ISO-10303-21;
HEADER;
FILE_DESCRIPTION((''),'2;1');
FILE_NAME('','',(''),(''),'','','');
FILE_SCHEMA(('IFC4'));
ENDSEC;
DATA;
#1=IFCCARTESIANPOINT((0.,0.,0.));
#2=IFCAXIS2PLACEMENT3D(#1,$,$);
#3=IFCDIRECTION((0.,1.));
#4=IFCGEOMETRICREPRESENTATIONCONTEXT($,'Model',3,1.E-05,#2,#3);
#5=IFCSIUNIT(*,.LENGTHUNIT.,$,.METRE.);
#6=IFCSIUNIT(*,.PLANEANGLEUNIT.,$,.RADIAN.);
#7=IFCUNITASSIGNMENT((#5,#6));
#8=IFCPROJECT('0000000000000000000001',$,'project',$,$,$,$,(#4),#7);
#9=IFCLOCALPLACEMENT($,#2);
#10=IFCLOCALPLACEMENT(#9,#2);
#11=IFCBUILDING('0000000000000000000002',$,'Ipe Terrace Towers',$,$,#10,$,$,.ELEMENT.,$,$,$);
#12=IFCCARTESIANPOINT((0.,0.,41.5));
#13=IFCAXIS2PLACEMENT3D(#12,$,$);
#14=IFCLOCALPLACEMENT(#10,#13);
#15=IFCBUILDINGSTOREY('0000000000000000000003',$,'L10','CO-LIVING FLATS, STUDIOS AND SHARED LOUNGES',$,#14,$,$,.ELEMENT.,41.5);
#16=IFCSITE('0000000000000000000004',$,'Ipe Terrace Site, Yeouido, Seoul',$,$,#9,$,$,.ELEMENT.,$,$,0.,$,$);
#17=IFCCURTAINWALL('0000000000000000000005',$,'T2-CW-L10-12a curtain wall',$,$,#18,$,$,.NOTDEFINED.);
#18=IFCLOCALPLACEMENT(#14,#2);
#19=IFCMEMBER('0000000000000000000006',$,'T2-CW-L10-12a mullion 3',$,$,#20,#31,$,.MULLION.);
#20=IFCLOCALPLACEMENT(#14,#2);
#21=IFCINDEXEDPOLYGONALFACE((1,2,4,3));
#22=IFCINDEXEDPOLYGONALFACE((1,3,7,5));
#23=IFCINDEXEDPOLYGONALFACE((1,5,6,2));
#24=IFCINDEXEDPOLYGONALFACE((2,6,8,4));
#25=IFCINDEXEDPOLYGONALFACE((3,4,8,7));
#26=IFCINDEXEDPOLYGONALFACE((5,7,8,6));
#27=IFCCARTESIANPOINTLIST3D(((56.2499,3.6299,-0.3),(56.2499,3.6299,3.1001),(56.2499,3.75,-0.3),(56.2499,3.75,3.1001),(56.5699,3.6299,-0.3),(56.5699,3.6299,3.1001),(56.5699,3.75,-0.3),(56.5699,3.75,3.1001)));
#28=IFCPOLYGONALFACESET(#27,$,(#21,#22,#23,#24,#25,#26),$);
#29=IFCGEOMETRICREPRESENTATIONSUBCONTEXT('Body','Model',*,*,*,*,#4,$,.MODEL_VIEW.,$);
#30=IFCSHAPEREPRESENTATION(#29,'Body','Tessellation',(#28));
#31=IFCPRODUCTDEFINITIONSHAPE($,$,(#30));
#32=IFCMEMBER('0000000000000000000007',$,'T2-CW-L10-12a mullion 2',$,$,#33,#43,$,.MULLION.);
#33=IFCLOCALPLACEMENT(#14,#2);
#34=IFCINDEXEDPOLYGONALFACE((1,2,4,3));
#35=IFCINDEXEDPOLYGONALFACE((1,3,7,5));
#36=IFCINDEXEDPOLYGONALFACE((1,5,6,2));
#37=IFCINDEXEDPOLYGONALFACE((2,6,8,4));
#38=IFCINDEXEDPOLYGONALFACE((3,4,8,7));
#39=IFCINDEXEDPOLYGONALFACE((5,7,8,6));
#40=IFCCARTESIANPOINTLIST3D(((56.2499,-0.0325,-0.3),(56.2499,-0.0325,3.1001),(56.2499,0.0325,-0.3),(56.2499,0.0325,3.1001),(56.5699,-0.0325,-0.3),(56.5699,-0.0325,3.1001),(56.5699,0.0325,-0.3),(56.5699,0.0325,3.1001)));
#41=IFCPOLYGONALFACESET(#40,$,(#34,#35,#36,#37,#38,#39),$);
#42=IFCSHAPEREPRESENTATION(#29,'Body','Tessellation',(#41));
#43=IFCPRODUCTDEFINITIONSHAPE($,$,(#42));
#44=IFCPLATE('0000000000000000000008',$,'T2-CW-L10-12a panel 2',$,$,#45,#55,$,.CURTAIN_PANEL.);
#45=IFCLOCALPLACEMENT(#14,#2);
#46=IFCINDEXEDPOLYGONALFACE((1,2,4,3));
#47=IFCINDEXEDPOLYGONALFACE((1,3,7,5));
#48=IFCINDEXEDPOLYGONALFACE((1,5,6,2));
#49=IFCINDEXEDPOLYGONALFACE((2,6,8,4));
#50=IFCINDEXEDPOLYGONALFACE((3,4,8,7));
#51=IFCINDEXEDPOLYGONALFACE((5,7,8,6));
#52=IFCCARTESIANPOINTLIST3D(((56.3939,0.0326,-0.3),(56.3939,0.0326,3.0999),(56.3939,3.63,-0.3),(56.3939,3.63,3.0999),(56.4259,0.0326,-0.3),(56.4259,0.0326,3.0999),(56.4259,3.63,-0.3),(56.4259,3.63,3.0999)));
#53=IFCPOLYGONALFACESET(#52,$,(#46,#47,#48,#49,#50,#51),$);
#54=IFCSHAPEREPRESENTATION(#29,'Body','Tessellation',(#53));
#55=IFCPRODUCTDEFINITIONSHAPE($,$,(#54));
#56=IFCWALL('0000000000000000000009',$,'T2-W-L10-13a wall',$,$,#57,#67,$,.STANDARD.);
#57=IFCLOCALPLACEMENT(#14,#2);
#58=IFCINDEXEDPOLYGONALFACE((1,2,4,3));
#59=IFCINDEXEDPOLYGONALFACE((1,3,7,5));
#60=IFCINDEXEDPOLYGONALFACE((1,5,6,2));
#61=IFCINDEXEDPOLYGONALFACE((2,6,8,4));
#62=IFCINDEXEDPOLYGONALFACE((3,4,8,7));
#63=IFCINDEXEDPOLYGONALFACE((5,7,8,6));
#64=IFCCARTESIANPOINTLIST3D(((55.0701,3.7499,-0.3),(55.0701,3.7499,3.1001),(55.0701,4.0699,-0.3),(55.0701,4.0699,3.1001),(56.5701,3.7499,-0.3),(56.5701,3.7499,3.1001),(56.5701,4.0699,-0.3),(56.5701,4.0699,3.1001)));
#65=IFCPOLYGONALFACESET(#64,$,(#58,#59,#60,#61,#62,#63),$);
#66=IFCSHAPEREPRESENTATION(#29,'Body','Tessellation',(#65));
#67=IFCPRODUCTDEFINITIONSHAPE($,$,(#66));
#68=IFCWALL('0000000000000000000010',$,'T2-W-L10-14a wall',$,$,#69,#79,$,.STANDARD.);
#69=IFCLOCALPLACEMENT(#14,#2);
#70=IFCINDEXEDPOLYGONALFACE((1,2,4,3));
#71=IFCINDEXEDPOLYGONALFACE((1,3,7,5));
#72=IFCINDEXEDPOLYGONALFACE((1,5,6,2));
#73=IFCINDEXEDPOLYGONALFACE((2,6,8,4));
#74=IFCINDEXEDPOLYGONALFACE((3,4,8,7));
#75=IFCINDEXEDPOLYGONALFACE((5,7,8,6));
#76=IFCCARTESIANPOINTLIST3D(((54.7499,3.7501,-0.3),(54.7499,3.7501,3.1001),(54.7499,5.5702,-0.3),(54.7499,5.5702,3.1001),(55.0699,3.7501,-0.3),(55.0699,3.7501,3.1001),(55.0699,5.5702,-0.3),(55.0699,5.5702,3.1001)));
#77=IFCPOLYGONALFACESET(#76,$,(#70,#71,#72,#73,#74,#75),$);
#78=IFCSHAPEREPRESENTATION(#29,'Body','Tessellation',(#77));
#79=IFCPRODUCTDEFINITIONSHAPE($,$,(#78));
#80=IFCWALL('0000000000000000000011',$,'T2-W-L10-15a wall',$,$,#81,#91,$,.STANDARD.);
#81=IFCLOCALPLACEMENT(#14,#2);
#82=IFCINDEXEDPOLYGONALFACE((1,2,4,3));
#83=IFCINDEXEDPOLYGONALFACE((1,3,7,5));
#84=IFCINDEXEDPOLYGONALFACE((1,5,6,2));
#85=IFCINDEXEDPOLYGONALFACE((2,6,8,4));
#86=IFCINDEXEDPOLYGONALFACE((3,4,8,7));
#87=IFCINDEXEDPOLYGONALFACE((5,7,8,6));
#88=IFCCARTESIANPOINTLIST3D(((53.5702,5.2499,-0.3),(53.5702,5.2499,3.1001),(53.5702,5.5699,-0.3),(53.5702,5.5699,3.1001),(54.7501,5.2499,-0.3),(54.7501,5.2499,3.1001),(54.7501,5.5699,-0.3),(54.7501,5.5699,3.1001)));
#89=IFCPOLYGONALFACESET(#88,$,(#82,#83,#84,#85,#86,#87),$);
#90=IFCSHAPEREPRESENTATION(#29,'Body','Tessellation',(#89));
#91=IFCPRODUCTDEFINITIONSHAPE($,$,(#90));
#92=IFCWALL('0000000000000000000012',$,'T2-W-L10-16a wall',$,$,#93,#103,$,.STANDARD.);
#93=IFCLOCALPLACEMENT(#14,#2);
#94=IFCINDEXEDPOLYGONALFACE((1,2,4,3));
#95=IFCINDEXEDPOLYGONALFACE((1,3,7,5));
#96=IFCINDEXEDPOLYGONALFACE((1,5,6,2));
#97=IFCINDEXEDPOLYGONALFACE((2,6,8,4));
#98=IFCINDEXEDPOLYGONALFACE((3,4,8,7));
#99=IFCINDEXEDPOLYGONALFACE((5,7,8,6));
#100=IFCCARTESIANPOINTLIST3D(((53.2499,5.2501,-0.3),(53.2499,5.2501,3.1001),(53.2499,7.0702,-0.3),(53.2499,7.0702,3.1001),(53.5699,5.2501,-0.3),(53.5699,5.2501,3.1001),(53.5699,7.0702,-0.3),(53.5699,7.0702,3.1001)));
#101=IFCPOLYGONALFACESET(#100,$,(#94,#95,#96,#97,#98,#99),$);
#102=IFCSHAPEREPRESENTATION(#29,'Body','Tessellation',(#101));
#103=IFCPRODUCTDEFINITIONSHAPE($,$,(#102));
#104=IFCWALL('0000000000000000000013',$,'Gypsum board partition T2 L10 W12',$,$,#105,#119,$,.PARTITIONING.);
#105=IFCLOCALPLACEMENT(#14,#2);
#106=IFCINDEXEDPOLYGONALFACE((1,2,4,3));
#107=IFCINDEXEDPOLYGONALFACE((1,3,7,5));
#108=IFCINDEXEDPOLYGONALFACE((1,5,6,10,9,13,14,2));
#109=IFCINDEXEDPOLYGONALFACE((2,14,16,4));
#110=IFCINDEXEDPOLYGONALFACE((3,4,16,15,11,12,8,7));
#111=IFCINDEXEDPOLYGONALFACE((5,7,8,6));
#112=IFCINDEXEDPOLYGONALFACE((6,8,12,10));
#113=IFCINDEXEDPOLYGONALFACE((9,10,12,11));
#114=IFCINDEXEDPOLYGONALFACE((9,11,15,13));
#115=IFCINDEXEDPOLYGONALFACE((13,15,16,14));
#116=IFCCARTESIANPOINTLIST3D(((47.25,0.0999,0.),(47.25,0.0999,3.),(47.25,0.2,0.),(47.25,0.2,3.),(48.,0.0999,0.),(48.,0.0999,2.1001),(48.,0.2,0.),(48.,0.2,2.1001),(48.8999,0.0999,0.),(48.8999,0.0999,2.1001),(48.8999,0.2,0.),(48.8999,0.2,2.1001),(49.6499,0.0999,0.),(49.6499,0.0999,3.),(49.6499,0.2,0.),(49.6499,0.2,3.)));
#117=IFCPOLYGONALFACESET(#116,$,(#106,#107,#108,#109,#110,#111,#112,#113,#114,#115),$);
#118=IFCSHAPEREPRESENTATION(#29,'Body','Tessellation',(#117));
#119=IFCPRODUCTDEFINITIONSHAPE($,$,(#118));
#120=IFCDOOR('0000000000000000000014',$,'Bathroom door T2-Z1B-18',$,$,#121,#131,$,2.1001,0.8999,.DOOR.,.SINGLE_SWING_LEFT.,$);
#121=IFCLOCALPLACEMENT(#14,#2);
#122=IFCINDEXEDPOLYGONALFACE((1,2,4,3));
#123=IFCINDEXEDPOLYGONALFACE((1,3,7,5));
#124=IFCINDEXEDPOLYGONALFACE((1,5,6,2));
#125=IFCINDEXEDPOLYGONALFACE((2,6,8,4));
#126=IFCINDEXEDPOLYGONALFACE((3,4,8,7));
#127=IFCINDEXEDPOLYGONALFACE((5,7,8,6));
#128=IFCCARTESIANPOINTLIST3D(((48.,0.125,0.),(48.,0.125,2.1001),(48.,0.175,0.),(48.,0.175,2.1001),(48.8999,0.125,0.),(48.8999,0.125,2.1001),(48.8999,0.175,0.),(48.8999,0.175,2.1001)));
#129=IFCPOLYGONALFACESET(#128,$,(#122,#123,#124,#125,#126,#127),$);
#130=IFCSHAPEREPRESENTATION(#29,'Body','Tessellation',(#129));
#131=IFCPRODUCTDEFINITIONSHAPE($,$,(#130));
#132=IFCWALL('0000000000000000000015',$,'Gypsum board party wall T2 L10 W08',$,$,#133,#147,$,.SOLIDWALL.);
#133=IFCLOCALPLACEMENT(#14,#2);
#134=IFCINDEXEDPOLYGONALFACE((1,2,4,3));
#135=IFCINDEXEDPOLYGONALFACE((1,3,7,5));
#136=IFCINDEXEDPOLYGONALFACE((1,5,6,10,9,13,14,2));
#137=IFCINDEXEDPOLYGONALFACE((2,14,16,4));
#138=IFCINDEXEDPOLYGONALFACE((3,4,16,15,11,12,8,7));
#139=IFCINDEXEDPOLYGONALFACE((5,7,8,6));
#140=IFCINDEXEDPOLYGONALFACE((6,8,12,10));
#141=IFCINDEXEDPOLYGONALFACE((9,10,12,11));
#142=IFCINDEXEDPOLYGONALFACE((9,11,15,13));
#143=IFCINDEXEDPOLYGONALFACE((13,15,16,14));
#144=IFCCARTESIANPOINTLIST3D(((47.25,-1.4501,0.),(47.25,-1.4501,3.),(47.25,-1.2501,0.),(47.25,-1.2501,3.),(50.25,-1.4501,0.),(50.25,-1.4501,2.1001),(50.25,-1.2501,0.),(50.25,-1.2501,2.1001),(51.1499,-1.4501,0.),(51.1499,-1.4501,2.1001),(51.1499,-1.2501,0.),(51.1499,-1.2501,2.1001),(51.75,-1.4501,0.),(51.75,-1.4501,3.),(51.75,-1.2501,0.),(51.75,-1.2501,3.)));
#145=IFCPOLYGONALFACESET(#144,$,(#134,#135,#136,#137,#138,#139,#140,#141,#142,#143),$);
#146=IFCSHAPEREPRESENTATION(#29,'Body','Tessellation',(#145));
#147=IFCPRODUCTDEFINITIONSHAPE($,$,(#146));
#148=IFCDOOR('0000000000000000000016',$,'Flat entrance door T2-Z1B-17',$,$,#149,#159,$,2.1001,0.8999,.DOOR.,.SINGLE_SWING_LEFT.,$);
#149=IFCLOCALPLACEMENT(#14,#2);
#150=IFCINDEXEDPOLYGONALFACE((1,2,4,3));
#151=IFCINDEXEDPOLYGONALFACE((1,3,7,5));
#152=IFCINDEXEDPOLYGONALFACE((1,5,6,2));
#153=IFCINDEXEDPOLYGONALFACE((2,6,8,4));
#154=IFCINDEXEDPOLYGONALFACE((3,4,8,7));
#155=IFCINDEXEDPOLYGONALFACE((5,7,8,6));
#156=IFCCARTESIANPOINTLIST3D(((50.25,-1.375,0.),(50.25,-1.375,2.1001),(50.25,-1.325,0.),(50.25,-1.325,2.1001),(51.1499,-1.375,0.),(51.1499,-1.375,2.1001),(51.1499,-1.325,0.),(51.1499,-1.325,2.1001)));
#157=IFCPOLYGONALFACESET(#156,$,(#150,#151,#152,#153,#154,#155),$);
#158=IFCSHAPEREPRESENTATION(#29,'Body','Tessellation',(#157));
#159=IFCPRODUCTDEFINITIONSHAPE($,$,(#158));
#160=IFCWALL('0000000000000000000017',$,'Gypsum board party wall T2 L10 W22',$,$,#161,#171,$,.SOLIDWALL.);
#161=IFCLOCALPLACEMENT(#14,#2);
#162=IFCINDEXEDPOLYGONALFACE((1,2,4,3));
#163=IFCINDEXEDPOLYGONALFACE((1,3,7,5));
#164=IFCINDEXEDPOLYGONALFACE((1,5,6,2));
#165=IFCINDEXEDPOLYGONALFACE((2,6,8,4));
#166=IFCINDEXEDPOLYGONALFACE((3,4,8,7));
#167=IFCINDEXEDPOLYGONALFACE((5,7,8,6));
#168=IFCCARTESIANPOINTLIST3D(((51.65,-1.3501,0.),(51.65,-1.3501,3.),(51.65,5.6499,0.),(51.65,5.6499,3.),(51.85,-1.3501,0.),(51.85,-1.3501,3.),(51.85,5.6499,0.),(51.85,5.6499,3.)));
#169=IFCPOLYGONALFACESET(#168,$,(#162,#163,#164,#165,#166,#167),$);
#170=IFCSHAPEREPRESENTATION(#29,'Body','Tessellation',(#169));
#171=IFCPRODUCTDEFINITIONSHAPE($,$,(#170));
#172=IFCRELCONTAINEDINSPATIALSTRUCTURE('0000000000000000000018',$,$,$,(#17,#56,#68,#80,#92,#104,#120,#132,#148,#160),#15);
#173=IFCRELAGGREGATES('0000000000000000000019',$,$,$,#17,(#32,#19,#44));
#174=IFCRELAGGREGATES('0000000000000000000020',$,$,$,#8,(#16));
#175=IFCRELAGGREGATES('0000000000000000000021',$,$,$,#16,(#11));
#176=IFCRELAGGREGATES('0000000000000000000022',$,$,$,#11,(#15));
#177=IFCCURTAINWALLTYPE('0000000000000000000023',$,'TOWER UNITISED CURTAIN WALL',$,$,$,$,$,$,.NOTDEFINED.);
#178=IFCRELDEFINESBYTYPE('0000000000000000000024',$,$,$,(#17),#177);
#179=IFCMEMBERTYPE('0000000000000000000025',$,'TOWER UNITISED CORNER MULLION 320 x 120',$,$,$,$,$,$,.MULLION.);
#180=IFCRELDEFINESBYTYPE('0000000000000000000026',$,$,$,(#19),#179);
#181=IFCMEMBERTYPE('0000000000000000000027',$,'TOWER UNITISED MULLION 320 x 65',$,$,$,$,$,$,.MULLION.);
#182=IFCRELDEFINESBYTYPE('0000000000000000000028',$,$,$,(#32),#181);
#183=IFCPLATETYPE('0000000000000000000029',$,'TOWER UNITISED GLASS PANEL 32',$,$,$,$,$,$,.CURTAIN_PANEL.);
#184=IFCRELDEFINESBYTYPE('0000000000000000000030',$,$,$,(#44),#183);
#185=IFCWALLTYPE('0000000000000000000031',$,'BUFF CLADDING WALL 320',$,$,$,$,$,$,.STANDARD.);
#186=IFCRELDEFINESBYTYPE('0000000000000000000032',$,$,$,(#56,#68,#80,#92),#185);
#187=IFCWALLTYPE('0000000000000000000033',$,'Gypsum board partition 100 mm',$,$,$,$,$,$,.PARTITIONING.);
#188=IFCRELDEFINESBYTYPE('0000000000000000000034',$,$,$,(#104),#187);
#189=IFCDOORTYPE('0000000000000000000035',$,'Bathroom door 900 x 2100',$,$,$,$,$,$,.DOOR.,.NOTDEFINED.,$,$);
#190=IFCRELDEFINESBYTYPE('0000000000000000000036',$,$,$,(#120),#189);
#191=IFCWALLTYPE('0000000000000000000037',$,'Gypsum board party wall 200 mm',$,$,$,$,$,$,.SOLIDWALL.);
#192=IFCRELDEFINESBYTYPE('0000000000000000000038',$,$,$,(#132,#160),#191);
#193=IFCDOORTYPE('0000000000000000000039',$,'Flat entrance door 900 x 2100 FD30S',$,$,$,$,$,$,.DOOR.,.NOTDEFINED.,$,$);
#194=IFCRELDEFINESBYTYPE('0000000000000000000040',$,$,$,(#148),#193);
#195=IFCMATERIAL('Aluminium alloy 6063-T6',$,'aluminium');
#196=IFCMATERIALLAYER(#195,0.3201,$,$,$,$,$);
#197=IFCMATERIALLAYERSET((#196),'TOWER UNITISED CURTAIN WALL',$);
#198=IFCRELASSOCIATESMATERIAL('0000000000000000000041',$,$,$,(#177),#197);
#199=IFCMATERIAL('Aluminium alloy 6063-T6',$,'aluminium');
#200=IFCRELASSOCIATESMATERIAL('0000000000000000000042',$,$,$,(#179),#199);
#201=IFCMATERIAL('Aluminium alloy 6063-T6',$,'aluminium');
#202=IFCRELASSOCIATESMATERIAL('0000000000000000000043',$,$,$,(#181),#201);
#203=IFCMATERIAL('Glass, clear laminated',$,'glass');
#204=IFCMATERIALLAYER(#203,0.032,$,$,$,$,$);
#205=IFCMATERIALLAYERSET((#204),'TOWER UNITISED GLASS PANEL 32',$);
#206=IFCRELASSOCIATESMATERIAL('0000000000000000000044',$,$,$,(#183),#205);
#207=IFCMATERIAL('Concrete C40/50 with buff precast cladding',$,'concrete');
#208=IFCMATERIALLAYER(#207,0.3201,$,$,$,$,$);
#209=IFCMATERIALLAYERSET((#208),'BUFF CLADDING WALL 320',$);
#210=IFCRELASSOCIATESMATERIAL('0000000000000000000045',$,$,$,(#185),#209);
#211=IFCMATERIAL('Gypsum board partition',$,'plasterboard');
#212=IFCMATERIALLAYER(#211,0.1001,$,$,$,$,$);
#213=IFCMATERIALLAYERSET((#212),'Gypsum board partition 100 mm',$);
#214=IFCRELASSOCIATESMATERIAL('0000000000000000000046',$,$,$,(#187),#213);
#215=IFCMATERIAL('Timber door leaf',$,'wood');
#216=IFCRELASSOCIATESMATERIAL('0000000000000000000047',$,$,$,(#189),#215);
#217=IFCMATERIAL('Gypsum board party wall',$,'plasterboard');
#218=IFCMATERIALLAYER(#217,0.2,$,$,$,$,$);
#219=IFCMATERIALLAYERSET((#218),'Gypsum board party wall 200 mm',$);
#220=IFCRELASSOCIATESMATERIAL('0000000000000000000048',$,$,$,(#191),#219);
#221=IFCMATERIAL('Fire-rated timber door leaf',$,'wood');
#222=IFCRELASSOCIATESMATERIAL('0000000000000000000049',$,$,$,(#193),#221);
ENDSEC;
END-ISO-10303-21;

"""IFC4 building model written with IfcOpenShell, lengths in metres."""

from ifc_helpers import new_model, si_unit, direction, frame, frame_2d, origin, origin_2d, place, context, subcontext, project, spatial, rectangle, extrude, material, layer, layer_set, material_profile, profile_set, type_object, element, fill, aggregate, save


model = new_model("IFC4")

# Units and contexts
model_context = context("Model", 3, precision=1e-05, world=origin(), true_north=direction((0.0, 1.0)))
body_context = subcontext(model_context, "Body", "Model", "MODEL_VIEW")
ifc_project = project(units=[si_unit("LENGTHUNIT", "METRE"), si_unit("PLANEANGLEUNIT", "RADIAN")], contexts=[model_context])

# Site, building, storey
site_placement = place(None, origin())
site = spatial("IfcSite", under=ifc_project, at=site_placement, Name="Ipe Terrace Site, Yeouido, Seoul", CompositionType="ELEMENT", RefElevation=0.0)
building_placement = place(site_placement, origin())
building = spatial("IfcBuilding", under=site, at=building_placement, Name="Ipe Terrace Towers", CompositionType="ELEMENT")
storey_placement = place(building_placement, frame((0.0, 0.0, 41.5)))
storey = spatial("IfcBuildingStorey", under=building, at=storey_placement, Name="L10", Description="CO-LIVING FLATS, STUDIOS AND SHARED LOUNGES", CompositionType="ELEMENT", Elevation=41.5)

# Curtain wall, members, plate
ifc_material_1 = material(Name="Aluminium alloy 6063-T6", Category="aluminium")
ifc_layer_1 = layer(ifc_material_1, 0.3201)
ifc_layer_set_1 = layer_set([ifc_layer_1], Name="TOWER UNITISED CURTAIN WALL")
curtain_wall_type = type_object("IfcCurtainWallType", Name="TOWER UNITISED CURTAIN WALL", PredefinedType="NOTDEFINED", material=ifc_layer_set_1)
curtain_wall_placement = place(storey_placement, origin())
curtain_wall = element("IfcCurtainWall", 1, at=curtain_wall_placement, inside=storey, type_object=curtain_wall_type, Name="T2-CW-L10-12a curtain wall", PredefinedType="NOTDEFINED")
ifc_material_2 = material(Name="Aluminium alloy 6063-T6", Category="aluminium")
ifc_material_profile_1 = material_profile(ifc_material_2, rectangle(XDim=0.3201, YDim=0.1201, at=origin_2d()), Name="TOWER UNITISED CORNER MULLION 320 x 120")
ifc_profile_set_1 = profile_set([ifc_material_profile_1], Name="Aluminium alloy 6063-T6")
member_type_1 = type_object("IfcMemberType", Name="TOWER UNITISED CORNER MULLION 320 x 120", PredefinedType="MULLION", material=ifc_profile_set_1)
member_1_placement = place(storey_placement, frame((56.4099, 3.6899, -0.3), z_axis=(0.0, 0.0, 1.0), x_axis=(1.0, 0.0, 0.0)))
member_1 = element("IfcMember", 2, at=member_1_placement, type_object=member_type_1, Name="T2-CW-L10-12a mullion 3", PredefinedType="MULLION", context=body_context, shape_type="SweptSolid", body=[
    extrude(rectangle(XDim=0.3201, YDim=0.1201, at=origin_2d()), origin(), (0.0, 0.0, 1.0), 3.4001),
])
ifc_material_3 = material(Name="Aluminium alloy 6063-T6", Category="aluminium")
ifc_material_profile_2 = material_profile(ifc_material_3, rectangle(XDim=0.3201, YDim=0.0649, at=origin_2d()), Name="TOWER UNITISED MULLION 320 x 65")
ifc_profile_set_2 = profile_set([ifc_material_profile_2], Name="Aluminium alloy 6063-T6")
member_type_2 = type_object("IfcMemberType", Name="TOWER UNITISED MULLION 320 x 65", PredefinedType="MULLION", material=ifc_profile_set_2)
member_2_placement = place(storey_placement, frame((56.4099, 0.0, -0.3), z_axis=(0.0, 0.0, 1.0), x_axis=(1.0, 0.0, 0.0)))
member_2 = element("IfcMember", 3, at=member_2_placement, type_object=member_type_2, Name="T2-CW-L10-12a mullion 2", PredefinedType="MULLION", context=body_context, shape_type="SweptSolid", body=[
    extrude(rectangle(XDim=0.3201, YDim=0.0649, at=origin_2d()), origin(), (0.0, 0.0, 1.0), 3.4001),
])
ifc_material_4 = material(Name="Glass, clear laminated", Category="glass")
ifc_layer_2 = layer(ifc_material_4, 0.032)
ifc_layer_set_2 = layer_set([ifc_layer_2], Name="TOWER UNITISED GLASS PANEL 32")
plate_type = type_object("IfcPlateType", Name="TOWER UNITISED GLASS PANEL 32", PredefinedType="CURTAIN_PANEL", material=ifc_layer_set_2)
plate_placement = place(storey_placement, frame((56.4099, 1.8313, -0.3), z_axis=(0.0, 0.0, 1.0), x_axis=(0.0, 1.0, 0.0)))
plate = element("IfcPlate", 4, at=plate_placement, type_object=plate_type, Name="T2-CW-L10-12a panel 2", PredefinedType="CURTAIN_PANEL", context=body_context, shape_type="SweptSolid", body=[
    extrude(rectangle(XDim=3.5974, YDim=0.032, at=origin_2d()), origin(), (0.0, 0.0, 1.0), 3.3999),
])
aggregate(curtain_wall, [member_2, member_1, plate])

# Walls
ifc_material_5 = material(Name="Concrete C40/50 with buff precast cladding", Category="concrete")
ifc_layer_3 = layer(ifc_material_5, 0.3201)
ifc_layer_set_3 = layer_set([ifc_layer_3], Name="BUFF CLADDING WALL 320")
wall_type_1 = type_object("IfcWallType", Name="BUFF CLADDING WALL 320", PredefinedType="STANDARD", material=ifc_layer_set_3)
wall_1_placement = place(storey_placement, frame((56.5701, 3.9099, -0.3), z_axis=(0.0, 0.0, 1.0), x_axis=(-1.0, 0.0, 0.0)))
element("IfcWall", 5, at=wall_1_placement, inside=storey, type_object=wall_type_1, Name="T2-W-L10-13a wall", PredefinedType="STANDARD", context=body_context, shape_type="SweptSolid", body=[
    extrude(rectangle(XDim=1.5, YDim=0.3201, at=frame_2d((0.75, 0.0))), origin(), (0.0, 0.0, 1.0), 3.4001),
])
wall_2_placement = place(storey_placement, frame((54.9099, 3.75, -0.3), z_axis=(0.0, 0.0, 1.0), x_axis=(0.0, 1.0, 0.0)))
element("IfcWall", 6, at=wall_2_placement, inside=storey, type_object=wall_type_1, Name="T2-W-L10-14a wall", PredefinedType="STANDARD", context=body_context, shape_type="SweptSolid", body=[
    extrude(rectangle(XDim=1.8201, YDim=0.3201, at=frame_2d((0.9102, 0.0))), origin(), (0.0, 0.0, 1.0), 3.4001),
])
wall_3_placement = place(storey_placement, frame((54.75, 5.4099, -0.3), z_axis=(0.0, 0.0, 1.0), x_axis=(-1.0, 0.0, 0.0)))
element("IfcWall", 7, at=wall_3_placement, inside=storey, type_object=wall_type_1, Name="T2-W-L10-15a wall", PredefinedType="STANDARD", context=body_context, shape_type="SweptSolid", body=[
    extrude(rectangle(XDim=1.1799, YDim=0.3201, at=frame_2d((0.5898, 0.0))), origin(), (0.0, 0.0, 1.0), 3.4001),
])
wall_4_placement = place(storey_placement, frame((53.4099, 5.25, -0.3), z_axis=(0.0, 0.0, 1.0), x_axis=(0.0, 1.0, 0.0)))
element("IfcWall", 8, at=wall_4_placement, inside=storey, type_object=wall_type_1, Name="T2-W-L10-16a wall", PredefinedType="STANDARD", context=body_context, shape_type="SweptSolid", body=[
    extrude(rectangle(XDim=1.8201, YDim=0.3201, at=frame_2d((0.9102, 0.0))), origin(), (0.0, 0.0, 1.0), 3.4001),
])

# Walls, openings, doors
ifc_material_6 = material(Name="Gypsum board partition", Category="plasterboard")
ifc_layer_4 = layer(ifc_material_6, 0.1001)
ifc_layer_set_4 = layer_set([ifc_layer_4], Name="Gypsum board partition 100 mm")
wall_type_2 = type_object("IfcWallType", Name="Gypsum board partition 100 mm", PredefinedType="PARTITIONING", material=ifc_layer_set_4)
wall_5_placement = place(storey_placement, frame((49.6499, 0.1499, 0.0), z_axis=(0.0, 0.0, 1.0), x_axis=(-1.0, 0.0, 0.0)))
wall_5 = element("IfcWall", 9, at=wall_5_placement, inside=storey, type_object=wall_type_2, Name="Gypsum board partition T2 L10 W12", PredefinedType="PARTITIONING", context=body_context, shape_type="SweptSolid", body=[
    extrude(rectangle(XDim=2.3999, YDim=0.1001, at=frame_2d((1.2, 0.0))), origin(), (0.0, 0.0, 1.0), 3.0),
])
opening_1_placement = place(wall_5_placement, frame((0.75, 0.0, 0.0)))
opening_1 = element("IfcOpeningElement", 10, at=opening_1_placement, cuts=wall_5, PredefinedType="OPENING", context=body_context, shape_type="SweptSolid", body=[
    extrude(rectangle(XDim=0.8999, YDim=2.1001, at=frame_2d((0.45, 1.05))), frame((0.0, 0.0601, 0.0), z_axis=(0.0, -1.0, 0.0), x_axis=(1.0, 0.0, 0.0)), (0.0, 0.0, 1.0), 0.1201),
])
ifc_material_7 = material(Name="Timber door leaf", Category="wood")
door_type_1 = type_object("IfcDoorType", Name="Bathroom door 900 x 2100", OperationType="NOTDEFINED", PredefinedType="DOOR", material=ifc_material_7)
door_1_placement = place(opening_1_placement, origin())
door_1 = element("IfcDoor", 11, at=door_1_placement, inside=storey, type_object=door_type_1, Name="Bathroom door T2-Z1B-18", OperationType="SINGLE_SWING_LEFT", OverallHeight=2.1001, OverallWidth=0.8999, PredefinedType="DOOR", context=body_context, shape_type="SweptSolid", body=[
    extrude(rectangle(XDim=0.8999, YDim=2.1001, at=frame_2d((0.45, 1.05))), frame((0.0, 0.0249, 0.0), z_axis=(0.0, -1.0, 0.0), x_axis=(1.0, 0.0, 0.0)), (0.0, 0.0, 1.0), 0.05),
])
fill(opening_1, door_1)
ifc_material_8 = material(Name="Gypsum board party wall", Category="plasterboard")
ifc_layer_5 = layer(ifc_material_8, 0.2)
ifc_layer_set_5 = layer_set([ifc_layer_5], Name="Gypsum board party wall 200 mm")
wall_type_3 = type_object("IfcWallType", Name="Gypsum board party wall 200 mm", PredefinedType="SOLIDWALL", material=ifc_layer_set_5)
wall_6_placement = place(storey_placement, frame((51.75, -1.3501, 0.0), z_axis=(0.0, 0.0, 1.0), x_axis=(-1.0, 0.0, 0.0)))
wall_6 = element("IfcWall", 12, at=wall_6_placement, inside=storey, type_object=wall_type_3, Name="Gypsum board party wall T2 L10 W08", PredefinedType="SOLIDWALL", context=body_context, shape_type="SweptSolid", body=[
    extrude(rectangle(XDim=4.5, YDim=0.2, at=frame_2d((2.25, 0.0))), origin(), (0.0, 0.0, 1.0), 3.0),
])
opening_2_placement = place(wall_6_placement, frame((0.6001, 0.0, 0.0)))
opening_2 = element("IfcOpeningElement", 13, at=opening_2_placement, cuts=wall_6, PredefinedType="OPENING", context=body_context, shape_type="SweptSolid", body=[
    extrude(rectangle(XDim=0.8999, YDim=2.1001, at=frame_2d((0.45, 1.05))), frame((0.0, 0.1099, 0.0), z_axis=(0.0, -1.0, 0.0), x_axis=(1.0, 0.0, 0.0)), (0.0, 0.0, 1.0), 0.22),
])
ifc_material_9 = material(Name="Fire-rated timber door leaf", Category="wood")
door_type_2 = type_object("IfcDoorType", Name="Flat entrance door 900 x 2100 FD30S", OperationType="NOTDEFINED", PredefinedType="DOOR", material=ifc_material_9)
door_2_placement = place(opening_2_placement, origin())
door_2 = element("IfcDoor", 14, at=door_2_placement, inside=storey, type_object=door_type_2, Name="Flat entrance door T2-Z1B-17", OperationType="SINGLE_SWING_LEFT", OverallHeight=2.1001, OverallWidth=0.8999, PredefinedType="DOOR", context=body_context, shape_type="SweptSolid", body=[
    extrude(rectangle(XDim=0.8999, YDim=2.1001, at=frame_2d((0.45, 1.05))), frame((0.0, 0.0249, 0.0), z_axis=(0.0, -1.0, 0.0), x_axis=(1.0, 0.0, 0.0)), (0.0, 0.0, 1.0), 0.05),
])
fill(opening_2, door_2)

# Wall
wall_7_placement = place(storey_placement, frame((51.75, -1.3501, 0.0), z_axis=(0.0, 0.0, 1.0), x_axis=(0.0, 1.0, 0.0)))
element("IfcWall", 15, at=wall_7_placement, inside=storey, type_object=wall_type_3, Name="Gypsum board party wall T2 L10 W22", PredefinedType="SOLIDWALL", context=body_context, shape_type="SweptSolid", body=[
    extrude(rectangle(XDim=7.0, YDim=0.2, at=frame_2d((3.5, 0.0))), origin(), (0.0, 0.0, 1.0), 3.0),
])

save(model, "model.ifc")
